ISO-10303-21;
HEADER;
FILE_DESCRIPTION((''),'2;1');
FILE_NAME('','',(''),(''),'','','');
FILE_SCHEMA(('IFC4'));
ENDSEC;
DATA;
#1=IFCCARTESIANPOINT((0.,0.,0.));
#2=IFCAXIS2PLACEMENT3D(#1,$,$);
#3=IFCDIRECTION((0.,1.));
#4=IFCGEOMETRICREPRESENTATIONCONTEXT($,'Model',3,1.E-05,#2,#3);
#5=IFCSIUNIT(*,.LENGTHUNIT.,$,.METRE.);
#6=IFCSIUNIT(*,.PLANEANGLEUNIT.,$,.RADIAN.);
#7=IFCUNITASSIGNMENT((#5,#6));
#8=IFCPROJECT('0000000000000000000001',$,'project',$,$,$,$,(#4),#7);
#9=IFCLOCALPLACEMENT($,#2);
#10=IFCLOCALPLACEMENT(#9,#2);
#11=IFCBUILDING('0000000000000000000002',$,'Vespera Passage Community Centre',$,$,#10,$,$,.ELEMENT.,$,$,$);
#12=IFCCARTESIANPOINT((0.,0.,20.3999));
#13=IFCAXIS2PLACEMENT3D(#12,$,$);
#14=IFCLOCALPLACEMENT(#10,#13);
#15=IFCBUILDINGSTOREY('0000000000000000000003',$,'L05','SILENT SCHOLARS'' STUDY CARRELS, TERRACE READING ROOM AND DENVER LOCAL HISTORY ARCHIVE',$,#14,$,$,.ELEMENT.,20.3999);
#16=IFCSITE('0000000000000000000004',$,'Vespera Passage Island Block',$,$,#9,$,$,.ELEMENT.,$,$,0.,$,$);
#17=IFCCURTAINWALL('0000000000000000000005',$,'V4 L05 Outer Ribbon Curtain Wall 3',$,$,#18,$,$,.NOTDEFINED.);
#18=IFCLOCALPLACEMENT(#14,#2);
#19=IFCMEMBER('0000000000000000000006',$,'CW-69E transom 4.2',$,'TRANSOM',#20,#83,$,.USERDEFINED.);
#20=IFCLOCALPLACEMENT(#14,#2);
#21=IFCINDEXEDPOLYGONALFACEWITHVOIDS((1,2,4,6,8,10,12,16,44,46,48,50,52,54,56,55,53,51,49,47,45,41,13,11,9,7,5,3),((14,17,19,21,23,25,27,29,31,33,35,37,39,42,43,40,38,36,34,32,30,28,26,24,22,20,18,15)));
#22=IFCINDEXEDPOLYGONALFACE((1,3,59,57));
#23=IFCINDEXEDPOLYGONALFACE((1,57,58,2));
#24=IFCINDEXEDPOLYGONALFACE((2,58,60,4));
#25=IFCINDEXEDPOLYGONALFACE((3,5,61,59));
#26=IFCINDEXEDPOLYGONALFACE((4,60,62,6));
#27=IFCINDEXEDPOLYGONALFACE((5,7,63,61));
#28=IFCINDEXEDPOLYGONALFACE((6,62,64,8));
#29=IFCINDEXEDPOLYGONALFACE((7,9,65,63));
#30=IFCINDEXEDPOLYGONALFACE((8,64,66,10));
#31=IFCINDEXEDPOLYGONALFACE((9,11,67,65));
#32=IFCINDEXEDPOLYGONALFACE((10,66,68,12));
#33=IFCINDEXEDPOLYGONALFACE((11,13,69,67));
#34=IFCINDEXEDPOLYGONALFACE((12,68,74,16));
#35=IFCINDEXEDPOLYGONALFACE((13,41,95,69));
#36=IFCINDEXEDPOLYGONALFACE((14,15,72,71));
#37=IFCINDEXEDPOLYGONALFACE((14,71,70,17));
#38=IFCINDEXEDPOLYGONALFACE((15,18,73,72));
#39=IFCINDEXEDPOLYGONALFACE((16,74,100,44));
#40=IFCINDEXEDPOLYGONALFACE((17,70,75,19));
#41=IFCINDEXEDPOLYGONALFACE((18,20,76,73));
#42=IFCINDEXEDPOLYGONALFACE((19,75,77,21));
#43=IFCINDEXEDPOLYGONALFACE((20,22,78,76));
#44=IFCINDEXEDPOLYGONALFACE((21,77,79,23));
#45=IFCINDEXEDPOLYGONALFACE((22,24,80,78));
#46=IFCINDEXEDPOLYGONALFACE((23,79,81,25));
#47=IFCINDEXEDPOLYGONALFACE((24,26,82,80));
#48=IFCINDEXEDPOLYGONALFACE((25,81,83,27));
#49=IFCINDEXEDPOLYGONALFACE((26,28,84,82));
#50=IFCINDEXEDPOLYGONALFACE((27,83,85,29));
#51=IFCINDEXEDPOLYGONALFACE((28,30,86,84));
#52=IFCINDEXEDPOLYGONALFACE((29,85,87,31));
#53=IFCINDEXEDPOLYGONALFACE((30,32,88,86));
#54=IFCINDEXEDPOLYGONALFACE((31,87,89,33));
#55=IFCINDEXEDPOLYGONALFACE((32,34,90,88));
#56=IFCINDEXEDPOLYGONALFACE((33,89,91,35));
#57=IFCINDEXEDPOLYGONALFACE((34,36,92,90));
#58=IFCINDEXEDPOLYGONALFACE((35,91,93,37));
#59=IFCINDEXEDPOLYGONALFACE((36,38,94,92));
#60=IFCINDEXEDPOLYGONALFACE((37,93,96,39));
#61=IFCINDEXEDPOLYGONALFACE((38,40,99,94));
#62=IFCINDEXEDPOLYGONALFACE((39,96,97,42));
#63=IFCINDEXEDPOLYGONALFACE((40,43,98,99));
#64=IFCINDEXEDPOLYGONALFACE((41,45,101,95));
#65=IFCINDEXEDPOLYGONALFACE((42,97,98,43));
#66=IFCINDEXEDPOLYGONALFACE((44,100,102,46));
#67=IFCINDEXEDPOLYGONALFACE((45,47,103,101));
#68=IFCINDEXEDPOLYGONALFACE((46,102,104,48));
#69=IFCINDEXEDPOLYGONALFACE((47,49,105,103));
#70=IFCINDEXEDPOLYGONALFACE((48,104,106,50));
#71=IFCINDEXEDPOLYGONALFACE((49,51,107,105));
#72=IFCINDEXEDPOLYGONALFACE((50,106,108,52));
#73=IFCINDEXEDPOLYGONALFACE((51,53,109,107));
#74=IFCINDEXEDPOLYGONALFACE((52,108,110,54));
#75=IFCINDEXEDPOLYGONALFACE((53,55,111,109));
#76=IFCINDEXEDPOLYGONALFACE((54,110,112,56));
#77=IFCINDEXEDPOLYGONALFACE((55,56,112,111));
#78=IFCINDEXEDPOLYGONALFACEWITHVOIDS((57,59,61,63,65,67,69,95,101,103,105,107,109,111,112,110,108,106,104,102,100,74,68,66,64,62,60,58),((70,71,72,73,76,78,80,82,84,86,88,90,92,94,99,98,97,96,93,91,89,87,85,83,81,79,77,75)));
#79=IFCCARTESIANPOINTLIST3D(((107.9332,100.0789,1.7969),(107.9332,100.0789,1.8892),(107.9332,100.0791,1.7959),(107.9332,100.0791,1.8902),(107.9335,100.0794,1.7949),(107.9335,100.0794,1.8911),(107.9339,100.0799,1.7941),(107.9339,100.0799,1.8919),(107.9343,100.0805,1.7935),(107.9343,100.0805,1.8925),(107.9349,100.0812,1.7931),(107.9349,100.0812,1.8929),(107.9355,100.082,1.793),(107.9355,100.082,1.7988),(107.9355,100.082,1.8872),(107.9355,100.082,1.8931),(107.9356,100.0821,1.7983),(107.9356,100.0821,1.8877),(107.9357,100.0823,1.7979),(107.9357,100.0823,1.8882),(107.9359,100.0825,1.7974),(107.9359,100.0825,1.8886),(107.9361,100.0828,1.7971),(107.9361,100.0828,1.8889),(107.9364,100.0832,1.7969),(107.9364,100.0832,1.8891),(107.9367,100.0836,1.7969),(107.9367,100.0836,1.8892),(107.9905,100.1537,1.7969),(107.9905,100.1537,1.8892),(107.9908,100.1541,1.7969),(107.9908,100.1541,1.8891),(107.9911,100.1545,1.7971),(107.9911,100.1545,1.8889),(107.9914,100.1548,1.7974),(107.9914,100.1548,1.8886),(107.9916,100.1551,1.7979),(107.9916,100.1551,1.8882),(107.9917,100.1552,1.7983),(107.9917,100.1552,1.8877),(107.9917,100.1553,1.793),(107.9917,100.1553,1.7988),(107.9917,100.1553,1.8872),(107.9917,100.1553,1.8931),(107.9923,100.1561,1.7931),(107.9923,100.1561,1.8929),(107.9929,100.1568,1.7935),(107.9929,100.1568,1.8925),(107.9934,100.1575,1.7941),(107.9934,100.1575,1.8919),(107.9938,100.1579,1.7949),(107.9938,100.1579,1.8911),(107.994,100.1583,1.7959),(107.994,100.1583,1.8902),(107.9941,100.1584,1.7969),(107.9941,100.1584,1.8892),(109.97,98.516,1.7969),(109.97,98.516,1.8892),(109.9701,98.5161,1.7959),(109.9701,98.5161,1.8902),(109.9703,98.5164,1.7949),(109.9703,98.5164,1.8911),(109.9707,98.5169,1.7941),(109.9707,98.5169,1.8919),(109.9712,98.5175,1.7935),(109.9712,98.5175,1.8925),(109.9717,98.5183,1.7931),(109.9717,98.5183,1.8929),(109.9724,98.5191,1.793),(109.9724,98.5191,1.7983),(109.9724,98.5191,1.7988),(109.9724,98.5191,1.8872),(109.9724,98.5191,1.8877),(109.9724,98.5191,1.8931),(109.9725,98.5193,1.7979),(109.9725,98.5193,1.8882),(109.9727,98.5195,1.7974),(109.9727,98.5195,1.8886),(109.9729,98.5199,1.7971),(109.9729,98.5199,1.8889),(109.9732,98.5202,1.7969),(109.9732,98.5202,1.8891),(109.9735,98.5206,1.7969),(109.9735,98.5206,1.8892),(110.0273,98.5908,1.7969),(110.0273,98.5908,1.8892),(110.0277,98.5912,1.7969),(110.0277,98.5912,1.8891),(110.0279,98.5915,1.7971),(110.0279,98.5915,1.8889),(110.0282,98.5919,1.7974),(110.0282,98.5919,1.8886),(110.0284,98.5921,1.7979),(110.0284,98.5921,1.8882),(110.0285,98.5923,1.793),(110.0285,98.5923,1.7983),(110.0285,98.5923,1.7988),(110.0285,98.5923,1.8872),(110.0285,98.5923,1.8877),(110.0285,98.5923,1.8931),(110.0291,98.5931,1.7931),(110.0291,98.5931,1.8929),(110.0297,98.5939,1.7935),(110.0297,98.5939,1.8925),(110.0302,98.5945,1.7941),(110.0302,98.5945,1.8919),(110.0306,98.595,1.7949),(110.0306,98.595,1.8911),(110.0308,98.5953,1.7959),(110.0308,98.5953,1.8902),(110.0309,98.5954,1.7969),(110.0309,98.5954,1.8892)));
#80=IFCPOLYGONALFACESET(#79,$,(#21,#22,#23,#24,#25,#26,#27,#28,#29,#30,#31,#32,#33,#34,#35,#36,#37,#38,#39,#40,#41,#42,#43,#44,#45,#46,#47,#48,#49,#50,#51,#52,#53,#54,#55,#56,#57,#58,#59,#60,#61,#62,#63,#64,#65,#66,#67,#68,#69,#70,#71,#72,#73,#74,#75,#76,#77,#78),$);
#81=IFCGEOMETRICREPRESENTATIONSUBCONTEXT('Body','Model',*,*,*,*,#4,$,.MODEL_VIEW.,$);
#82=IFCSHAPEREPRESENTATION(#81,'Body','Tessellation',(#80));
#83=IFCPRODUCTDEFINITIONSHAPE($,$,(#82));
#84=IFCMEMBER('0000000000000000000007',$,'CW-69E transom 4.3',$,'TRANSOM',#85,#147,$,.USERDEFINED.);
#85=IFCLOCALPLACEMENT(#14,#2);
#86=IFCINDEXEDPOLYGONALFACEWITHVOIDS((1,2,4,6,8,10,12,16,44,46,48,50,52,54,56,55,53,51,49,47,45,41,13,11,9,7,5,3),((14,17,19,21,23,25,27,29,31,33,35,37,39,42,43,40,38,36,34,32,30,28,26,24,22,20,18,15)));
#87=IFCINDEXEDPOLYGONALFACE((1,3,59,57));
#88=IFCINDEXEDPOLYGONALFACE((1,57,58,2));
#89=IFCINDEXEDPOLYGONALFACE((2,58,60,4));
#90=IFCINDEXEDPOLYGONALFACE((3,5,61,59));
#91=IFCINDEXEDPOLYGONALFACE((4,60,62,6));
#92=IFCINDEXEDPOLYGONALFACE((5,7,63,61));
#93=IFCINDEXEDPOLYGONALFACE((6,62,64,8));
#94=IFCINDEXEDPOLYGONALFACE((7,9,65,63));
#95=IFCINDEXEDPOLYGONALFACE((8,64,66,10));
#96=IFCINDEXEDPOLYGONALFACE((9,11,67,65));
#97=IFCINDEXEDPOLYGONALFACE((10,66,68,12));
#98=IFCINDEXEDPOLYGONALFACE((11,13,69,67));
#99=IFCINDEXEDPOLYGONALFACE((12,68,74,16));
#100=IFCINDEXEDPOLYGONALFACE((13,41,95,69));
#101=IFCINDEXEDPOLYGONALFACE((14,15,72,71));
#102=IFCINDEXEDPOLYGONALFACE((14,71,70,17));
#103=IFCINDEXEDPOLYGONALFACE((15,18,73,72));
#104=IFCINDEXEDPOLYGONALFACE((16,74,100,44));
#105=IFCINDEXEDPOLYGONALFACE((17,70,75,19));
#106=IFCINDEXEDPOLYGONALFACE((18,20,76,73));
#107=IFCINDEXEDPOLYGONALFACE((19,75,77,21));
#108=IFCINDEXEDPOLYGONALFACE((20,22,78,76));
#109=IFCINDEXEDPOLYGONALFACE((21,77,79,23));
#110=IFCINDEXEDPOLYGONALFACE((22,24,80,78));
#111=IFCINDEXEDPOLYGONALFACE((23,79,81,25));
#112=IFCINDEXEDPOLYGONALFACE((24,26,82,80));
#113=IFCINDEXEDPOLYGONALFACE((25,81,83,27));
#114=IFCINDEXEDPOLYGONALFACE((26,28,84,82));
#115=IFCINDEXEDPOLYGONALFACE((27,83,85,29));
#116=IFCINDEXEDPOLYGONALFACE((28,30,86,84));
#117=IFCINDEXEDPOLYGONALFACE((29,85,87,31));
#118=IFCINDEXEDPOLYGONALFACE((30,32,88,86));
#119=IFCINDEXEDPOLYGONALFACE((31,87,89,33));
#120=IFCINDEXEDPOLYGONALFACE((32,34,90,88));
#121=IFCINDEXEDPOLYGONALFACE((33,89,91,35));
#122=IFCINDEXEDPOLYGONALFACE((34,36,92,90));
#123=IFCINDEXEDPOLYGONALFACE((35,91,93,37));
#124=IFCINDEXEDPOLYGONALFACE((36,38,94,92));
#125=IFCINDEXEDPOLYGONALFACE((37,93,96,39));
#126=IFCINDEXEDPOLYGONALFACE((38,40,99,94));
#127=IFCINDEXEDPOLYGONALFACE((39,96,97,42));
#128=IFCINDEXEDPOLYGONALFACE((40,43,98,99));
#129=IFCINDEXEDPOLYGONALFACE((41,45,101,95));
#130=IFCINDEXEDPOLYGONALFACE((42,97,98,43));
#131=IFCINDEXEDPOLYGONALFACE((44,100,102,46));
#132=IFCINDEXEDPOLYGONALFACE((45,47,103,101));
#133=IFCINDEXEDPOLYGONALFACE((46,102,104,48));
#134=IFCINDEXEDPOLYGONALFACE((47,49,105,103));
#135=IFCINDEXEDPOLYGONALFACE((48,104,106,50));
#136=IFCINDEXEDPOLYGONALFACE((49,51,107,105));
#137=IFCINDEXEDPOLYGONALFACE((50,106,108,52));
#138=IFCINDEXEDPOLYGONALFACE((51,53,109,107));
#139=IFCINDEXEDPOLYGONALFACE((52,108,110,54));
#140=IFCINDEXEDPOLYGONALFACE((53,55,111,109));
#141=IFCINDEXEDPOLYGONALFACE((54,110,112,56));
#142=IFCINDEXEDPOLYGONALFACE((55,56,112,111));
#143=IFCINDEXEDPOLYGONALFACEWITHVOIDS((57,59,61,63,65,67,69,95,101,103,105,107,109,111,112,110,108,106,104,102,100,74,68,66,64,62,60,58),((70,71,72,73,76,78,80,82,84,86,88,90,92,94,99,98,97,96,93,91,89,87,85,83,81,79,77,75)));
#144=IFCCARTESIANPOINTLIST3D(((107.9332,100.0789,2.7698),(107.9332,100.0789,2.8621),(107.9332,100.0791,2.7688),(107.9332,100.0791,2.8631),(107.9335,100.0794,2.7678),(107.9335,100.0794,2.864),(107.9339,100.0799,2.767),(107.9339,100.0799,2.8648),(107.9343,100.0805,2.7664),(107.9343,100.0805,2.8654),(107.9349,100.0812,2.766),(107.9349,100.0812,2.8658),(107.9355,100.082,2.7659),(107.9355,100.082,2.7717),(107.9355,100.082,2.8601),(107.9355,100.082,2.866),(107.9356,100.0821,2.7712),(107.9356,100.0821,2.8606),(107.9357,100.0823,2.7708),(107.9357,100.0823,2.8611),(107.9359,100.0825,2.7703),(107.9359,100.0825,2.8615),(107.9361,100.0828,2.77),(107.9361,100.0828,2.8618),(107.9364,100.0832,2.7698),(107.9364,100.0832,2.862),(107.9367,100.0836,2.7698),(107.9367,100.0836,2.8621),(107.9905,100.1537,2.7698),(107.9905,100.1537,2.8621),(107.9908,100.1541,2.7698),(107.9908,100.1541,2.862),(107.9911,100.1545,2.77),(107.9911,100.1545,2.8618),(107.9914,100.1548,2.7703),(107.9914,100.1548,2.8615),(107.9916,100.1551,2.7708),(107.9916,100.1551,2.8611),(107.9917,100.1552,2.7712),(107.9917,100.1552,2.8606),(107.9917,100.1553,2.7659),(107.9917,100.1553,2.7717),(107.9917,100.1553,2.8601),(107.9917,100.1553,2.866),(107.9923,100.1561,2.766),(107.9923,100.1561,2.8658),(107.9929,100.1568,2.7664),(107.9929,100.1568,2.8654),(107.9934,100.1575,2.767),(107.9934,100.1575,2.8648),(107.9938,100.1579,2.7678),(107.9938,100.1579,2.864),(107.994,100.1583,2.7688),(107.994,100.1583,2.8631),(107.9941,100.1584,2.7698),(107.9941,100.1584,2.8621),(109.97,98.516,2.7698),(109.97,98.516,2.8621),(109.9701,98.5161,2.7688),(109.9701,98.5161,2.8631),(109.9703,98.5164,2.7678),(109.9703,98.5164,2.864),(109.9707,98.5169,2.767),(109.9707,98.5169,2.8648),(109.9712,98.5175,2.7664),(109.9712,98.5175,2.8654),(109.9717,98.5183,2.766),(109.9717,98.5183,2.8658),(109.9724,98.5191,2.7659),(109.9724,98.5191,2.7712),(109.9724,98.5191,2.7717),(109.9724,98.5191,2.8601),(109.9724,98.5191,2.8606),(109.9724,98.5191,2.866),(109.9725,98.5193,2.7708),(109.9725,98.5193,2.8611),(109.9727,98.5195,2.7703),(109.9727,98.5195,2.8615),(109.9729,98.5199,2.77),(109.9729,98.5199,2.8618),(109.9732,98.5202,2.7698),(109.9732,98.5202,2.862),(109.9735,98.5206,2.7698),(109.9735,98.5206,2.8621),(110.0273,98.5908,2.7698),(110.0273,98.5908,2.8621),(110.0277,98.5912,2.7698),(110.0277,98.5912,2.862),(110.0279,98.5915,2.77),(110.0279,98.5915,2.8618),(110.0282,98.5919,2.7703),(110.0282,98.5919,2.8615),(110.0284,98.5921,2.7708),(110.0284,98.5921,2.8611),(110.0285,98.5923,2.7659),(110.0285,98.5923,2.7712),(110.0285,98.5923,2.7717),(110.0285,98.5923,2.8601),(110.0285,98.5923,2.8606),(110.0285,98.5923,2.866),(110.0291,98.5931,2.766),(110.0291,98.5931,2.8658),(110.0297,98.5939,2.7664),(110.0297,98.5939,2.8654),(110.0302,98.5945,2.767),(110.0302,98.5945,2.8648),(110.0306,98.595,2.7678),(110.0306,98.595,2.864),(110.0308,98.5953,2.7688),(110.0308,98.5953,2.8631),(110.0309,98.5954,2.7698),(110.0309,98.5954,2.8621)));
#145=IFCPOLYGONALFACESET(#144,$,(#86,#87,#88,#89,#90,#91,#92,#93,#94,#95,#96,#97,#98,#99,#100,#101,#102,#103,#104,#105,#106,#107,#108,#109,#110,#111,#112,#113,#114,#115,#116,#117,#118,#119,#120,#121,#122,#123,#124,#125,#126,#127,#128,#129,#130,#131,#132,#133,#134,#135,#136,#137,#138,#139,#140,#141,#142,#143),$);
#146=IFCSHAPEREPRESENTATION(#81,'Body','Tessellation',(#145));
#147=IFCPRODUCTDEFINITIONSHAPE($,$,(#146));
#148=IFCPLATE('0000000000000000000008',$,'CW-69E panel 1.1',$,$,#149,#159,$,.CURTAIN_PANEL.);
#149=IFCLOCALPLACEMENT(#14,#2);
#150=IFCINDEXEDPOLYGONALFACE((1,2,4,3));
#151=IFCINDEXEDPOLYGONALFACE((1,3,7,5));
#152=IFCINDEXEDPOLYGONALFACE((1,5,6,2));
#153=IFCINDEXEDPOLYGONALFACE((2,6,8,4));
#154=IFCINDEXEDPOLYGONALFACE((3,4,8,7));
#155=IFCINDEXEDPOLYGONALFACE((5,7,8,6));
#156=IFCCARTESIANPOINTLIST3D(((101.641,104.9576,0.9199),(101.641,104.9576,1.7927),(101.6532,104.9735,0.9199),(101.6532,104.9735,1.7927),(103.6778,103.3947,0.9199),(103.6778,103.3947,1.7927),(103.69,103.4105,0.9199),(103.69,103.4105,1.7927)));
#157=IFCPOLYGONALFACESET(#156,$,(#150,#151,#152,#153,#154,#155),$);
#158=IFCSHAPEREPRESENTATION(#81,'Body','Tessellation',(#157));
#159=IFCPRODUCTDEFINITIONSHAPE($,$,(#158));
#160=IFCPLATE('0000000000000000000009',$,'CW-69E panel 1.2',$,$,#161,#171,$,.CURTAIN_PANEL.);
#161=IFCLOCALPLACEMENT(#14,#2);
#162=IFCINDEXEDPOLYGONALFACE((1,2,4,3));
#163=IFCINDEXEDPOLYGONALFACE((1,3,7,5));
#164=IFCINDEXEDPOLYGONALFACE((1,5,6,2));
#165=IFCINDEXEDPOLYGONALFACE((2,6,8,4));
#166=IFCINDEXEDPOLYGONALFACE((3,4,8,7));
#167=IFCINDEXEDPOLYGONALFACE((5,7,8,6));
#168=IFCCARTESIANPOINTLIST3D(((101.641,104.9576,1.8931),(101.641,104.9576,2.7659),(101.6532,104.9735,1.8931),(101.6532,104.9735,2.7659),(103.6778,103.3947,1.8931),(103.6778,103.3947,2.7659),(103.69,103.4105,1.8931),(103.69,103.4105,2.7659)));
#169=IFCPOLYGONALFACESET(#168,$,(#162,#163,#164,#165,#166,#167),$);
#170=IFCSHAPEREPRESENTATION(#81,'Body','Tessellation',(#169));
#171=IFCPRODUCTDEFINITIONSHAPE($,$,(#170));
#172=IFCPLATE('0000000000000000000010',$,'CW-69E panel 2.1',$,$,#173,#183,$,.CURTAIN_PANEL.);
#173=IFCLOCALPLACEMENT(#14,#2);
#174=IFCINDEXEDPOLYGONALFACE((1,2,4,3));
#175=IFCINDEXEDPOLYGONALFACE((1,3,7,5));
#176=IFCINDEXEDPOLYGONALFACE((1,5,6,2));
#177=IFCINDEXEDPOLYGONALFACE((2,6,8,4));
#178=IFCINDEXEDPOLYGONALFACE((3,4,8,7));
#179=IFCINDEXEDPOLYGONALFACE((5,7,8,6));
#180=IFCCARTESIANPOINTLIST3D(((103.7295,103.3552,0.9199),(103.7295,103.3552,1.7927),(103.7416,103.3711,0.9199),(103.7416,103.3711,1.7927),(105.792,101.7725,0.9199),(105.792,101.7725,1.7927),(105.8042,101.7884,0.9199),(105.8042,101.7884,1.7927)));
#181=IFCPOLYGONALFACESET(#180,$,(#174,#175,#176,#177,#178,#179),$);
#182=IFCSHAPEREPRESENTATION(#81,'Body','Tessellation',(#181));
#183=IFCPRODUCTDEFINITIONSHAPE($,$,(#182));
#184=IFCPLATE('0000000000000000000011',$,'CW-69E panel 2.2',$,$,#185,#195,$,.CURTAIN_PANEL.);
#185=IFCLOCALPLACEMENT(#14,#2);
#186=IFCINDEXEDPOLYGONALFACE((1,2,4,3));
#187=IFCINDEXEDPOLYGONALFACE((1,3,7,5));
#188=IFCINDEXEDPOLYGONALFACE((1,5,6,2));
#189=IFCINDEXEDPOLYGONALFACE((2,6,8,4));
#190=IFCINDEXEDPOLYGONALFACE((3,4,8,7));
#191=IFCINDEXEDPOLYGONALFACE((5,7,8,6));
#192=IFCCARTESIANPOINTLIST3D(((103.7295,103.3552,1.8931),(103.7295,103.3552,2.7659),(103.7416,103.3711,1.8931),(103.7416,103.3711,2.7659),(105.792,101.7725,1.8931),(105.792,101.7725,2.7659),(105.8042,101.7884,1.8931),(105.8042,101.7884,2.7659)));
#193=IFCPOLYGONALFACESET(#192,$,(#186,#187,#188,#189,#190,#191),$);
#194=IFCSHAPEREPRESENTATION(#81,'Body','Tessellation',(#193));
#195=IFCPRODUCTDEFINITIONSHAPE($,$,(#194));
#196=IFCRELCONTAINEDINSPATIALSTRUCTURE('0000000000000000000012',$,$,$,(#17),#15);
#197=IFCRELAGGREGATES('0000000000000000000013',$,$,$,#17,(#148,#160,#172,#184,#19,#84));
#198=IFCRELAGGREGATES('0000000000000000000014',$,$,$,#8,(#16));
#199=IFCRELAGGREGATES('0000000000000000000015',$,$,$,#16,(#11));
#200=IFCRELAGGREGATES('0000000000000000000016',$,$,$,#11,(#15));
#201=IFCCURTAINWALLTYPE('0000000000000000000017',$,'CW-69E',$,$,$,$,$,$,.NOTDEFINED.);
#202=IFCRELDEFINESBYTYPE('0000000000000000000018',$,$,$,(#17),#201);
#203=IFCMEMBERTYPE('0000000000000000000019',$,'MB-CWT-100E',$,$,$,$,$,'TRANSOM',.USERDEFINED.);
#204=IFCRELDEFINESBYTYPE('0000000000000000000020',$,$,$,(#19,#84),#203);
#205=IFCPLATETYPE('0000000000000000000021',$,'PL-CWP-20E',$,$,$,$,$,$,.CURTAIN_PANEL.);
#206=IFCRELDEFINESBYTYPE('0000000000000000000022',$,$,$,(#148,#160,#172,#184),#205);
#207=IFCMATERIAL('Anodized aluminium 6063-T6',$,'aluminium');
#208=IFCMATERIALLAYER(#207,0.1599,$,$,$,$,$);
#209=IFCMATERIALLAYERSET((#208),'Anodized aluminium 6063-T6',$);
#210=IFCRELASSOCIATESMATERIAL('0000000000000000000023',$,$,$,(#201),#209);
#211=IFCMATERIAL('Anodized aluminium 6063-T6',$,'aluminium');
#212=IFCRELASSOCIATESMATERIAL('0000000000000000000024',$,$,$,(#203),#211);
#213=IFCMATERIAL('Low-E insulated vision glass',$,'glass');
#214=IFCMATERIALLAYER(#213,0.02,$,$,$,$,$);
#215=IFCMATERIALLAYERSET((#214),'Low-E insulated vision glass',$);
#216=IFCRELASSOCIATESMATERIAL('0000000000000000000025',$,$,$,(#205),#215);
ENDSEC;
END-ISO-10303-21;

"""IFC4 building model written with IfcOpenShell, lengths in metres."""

from ifc_helpers import new_model, si_unit, direction, frame, origin, origin_2d, place, context, subcontext, project, spatial, rectangle, hollow_rectangle, extrude, material, layer, layer_set, material_profile, profile_set, type_object, element, aggregate, save


model = new_model("IFC4")

# Units and contexts
model_context = context("Model", 3, precision=1e-05, world=origin(), true_north=direction((0.0, 1.0)))
body_context = subcontext(model_context, "Body", "Model", "MODEL_VIEW")
ifc_project = project(units=[si_unit("LENGTHUNIT", "METRE"), si_unit("PLANEANGLEUNIT", "RADIAN")], contexts=[model_context])

# Site, building, storey
site_placement = place(None, origin())
site = spatial("IfcSite", under=ifc_project, at=site_placement, Name="Vespera Passage Island Block", CompositionType="ELEMENT", RefElevation=0.0)
building_placement = place(site_placement, origin())
building = spatial("IfcBuilding", under=site, at=building_placement, Name="Vespera Passage Community Centre", CompositionType="ELEMENT")
storey_placement = place(building_placement, frame((0.0, 0.0, 20.3999)))
storey = spatial("IfcBuildingStorey", under=building, at=storey_placement, Name="L05", Description="SILENT SCHOLARS' STUDY CARRELS, TERRACE READING ROOM AND DENVER LOCAL HISTORY ARCHIVE", CompositionType="ELEMENT", Elevation=20.3999)

# Curtain wall, members, plates
ifc_material_1 = material(Name="Anodized aluminium 6063-T6", Category="aluminium")
ifc_layer_1 = layer(ifc_material_1, 0.1599)
ifc_layer_set_1 = layer_set([ifc_layer_1], Name="Anodized aluminium 6063-T6")
curtain_wall_type = type_object("IfcCurtainWallType", Name="CW-69E", PredefinedType="NOTDEFINED", material=ifc_layer_set_1)
curtain_wall_placement = place(storey_placement, origin())
curtain_wall = element("IfcCurtainWall", 1, at=curtain_wall_placement, inside=storey, type_object=curtain_wall_type, Name="V4 L05 Outer Ribbon Curtain Wall 3", PredefinedType="NOTDEFINED")
ifc_material_2 = material(Name="Anodized aluminium 6063-T6", Category="aluminium")
ifc_material_profile_1 = material_profile(ifc_material_2, hollow_rectangle(XDim=0.1001, YDim=0.1001, WallThickness=0.0039, InnerFilletRadius=0.002, OuterFilletRadius=0.0039, at=origin_2d()), Name="ALU100X100X4")
ifc_profile_set_1 = profile_set([ifc_material_profile_1], Name="Anodized aluminium 6063-T6")
member_type_1 = type_object("IfcMemberType", Name="MB-CWT-100E", ElementType="TRANSOM", PredefinedType="USERDEFINED", material=ifc_profile_set_1)
member_1_placement = place(storey_placement, frame((107.9636, 100.1187, 1.843), z_axis=(0.793345, -0.608773, 0.0), x_axis=(0.608773, 0.793345, 0.0)))
member_1 = element("IfcMember", 2, at=member_1_placement, type_object=member_type_1, Name="CW-69E transom 4.2", ObjectType="TRANSOM", PredefinedType="USERDEFINED", context=body_context, shape_type="SweptSolid", body=[
    extrude(hollow_rectangle(XDim=0.1001, YDim=0.1001, WallThickness=0.0039, InnerFilletRadius=0.002, OuterFilletRadius=0.0039, at=origin_2d()), origin(), (0.0, 0.0, 1.0), 2.5674),
])
member_2_placement = place(storey_placement, frame((107.9636, 100.1187, 2.8159), z_axis=(0.793345, -0.608773, 0.0), x_axis=(0.608773, 0.793345, 0.0)))
member_2 = element("IfcMember", 3, at=member_2_placement, type_object=member_type_1, Name="CW-69E transom 4.3", ObjectType="TRANSOM", PredefinedType="USERDEFINED", context=body_context, shape_type="SweptSolid", body=[
    extrude(hollow_rectangle(XDim=0.1001, YDim=0.1001, WallThickness=0.0039, InnerFilletRadius=0.002, OuterFilletRadius=0.0039, at=origin_2d()), origin(), (0.0, 0.0, 1.0), 2.5674),
])
ifc_material_3 = material(Name="Low-E insulated vision glass", Category="glass")
ifc_layer_2 = layer(ifc_material_3, 0.02)
ifc_layer_set_2 = layer_set([ifc_layer_2], Name="Low-E insulated vision glass")
plate_type = type_object("IfcPlateType", Name="PL-CWP-20E", PredefinedType="CURTAIN_PANEL", material=ifc_layer_set_2)
plate_1_placement = place(storey_placement, frame((102.6655, 104.1841, 0.9199), z_axis=(0.0, 0.0, 1.0), x_axis=(0.793345, -0.608772, 0.0)))
plate_1 = element("IfcPlate", 4, at=plate_1_placement, type_object=plate_type, Name="CW-69E panel 1.1", PredefinedType="CURTAIN_PANEL", context=body_context, shape_type="SweptSolid", body=[
    extrude(rectangle(XDim=2.5674, YDim=0.02, at=origin_2d()), origin(), (0.0, 0.0, 1.0), 0.8728),
])
plate_2_placement = place(storey_placement, frame((102.6655, 104.1841, 1.8931), z_axis=(0.0, 0.0, 1.0), x_axis=(0.793345, -0.608772, 0.0)))
plate_2 = element("IfcPlate", 5, at=plate_2_placement, type_object=plate_type, Name="CW-69E panel 1.2", PredefinedType="CURTAIN_PANEL", context=body_context, shape_type="SweptSolid", body=[
    extrude(rectangle(XDim=2.5674, YDim=0.02, at=origin_2d()), origin(), (0.0, 0.0, 1.0), 0.8728),
])
plate_3_placement = place(storey_placement, frame((104.7668, 102.5718, 0.9199), z_axis=(0.0, 0.0, 1.0), x_axis=(0.793345, -0.608772, 0.0)))
plate_3 = element("IfcPlate", 6, at=plate_3_placement, type_object=plate_type, Name="CW-69E panel 2.1", PredefinedType="CURTAIN_PANEL", context=body_context, shape_type="SweptSolid", body=[
    extrude(rectangle(XDim=2.5999, YDim=0.02, at=origin_2d()), origin(), (0.0, 0.0, 1.0), 0.8728),
])
plate_4_placement = place(storey_placement, frame((104.7668, 102.5718, 1.8931), z_axis=(0.0, 0.0, 1.0), x_axis=(0.793345, -0.608772, 0.0)))
plate_4 = element("IfcPlate", 7, at=plate_4_placement, type_object=plate_type, Name="CW-69E panel 2.2", PredefinedType="CURTAIN_PANEL", context=body_context, shape_type="SweptSolid", body=[
    extrude(rectangle(XDim=2.5999, YDim=0.02, at=origin_2d()), origin(), (0.0, 0.0, 1.0), 0.8728),
])
aggregate(curtain_wall, [plate_1, plate_2, plate_3, plate_4, member_1, member_2])

save(model, "model.ifc")
